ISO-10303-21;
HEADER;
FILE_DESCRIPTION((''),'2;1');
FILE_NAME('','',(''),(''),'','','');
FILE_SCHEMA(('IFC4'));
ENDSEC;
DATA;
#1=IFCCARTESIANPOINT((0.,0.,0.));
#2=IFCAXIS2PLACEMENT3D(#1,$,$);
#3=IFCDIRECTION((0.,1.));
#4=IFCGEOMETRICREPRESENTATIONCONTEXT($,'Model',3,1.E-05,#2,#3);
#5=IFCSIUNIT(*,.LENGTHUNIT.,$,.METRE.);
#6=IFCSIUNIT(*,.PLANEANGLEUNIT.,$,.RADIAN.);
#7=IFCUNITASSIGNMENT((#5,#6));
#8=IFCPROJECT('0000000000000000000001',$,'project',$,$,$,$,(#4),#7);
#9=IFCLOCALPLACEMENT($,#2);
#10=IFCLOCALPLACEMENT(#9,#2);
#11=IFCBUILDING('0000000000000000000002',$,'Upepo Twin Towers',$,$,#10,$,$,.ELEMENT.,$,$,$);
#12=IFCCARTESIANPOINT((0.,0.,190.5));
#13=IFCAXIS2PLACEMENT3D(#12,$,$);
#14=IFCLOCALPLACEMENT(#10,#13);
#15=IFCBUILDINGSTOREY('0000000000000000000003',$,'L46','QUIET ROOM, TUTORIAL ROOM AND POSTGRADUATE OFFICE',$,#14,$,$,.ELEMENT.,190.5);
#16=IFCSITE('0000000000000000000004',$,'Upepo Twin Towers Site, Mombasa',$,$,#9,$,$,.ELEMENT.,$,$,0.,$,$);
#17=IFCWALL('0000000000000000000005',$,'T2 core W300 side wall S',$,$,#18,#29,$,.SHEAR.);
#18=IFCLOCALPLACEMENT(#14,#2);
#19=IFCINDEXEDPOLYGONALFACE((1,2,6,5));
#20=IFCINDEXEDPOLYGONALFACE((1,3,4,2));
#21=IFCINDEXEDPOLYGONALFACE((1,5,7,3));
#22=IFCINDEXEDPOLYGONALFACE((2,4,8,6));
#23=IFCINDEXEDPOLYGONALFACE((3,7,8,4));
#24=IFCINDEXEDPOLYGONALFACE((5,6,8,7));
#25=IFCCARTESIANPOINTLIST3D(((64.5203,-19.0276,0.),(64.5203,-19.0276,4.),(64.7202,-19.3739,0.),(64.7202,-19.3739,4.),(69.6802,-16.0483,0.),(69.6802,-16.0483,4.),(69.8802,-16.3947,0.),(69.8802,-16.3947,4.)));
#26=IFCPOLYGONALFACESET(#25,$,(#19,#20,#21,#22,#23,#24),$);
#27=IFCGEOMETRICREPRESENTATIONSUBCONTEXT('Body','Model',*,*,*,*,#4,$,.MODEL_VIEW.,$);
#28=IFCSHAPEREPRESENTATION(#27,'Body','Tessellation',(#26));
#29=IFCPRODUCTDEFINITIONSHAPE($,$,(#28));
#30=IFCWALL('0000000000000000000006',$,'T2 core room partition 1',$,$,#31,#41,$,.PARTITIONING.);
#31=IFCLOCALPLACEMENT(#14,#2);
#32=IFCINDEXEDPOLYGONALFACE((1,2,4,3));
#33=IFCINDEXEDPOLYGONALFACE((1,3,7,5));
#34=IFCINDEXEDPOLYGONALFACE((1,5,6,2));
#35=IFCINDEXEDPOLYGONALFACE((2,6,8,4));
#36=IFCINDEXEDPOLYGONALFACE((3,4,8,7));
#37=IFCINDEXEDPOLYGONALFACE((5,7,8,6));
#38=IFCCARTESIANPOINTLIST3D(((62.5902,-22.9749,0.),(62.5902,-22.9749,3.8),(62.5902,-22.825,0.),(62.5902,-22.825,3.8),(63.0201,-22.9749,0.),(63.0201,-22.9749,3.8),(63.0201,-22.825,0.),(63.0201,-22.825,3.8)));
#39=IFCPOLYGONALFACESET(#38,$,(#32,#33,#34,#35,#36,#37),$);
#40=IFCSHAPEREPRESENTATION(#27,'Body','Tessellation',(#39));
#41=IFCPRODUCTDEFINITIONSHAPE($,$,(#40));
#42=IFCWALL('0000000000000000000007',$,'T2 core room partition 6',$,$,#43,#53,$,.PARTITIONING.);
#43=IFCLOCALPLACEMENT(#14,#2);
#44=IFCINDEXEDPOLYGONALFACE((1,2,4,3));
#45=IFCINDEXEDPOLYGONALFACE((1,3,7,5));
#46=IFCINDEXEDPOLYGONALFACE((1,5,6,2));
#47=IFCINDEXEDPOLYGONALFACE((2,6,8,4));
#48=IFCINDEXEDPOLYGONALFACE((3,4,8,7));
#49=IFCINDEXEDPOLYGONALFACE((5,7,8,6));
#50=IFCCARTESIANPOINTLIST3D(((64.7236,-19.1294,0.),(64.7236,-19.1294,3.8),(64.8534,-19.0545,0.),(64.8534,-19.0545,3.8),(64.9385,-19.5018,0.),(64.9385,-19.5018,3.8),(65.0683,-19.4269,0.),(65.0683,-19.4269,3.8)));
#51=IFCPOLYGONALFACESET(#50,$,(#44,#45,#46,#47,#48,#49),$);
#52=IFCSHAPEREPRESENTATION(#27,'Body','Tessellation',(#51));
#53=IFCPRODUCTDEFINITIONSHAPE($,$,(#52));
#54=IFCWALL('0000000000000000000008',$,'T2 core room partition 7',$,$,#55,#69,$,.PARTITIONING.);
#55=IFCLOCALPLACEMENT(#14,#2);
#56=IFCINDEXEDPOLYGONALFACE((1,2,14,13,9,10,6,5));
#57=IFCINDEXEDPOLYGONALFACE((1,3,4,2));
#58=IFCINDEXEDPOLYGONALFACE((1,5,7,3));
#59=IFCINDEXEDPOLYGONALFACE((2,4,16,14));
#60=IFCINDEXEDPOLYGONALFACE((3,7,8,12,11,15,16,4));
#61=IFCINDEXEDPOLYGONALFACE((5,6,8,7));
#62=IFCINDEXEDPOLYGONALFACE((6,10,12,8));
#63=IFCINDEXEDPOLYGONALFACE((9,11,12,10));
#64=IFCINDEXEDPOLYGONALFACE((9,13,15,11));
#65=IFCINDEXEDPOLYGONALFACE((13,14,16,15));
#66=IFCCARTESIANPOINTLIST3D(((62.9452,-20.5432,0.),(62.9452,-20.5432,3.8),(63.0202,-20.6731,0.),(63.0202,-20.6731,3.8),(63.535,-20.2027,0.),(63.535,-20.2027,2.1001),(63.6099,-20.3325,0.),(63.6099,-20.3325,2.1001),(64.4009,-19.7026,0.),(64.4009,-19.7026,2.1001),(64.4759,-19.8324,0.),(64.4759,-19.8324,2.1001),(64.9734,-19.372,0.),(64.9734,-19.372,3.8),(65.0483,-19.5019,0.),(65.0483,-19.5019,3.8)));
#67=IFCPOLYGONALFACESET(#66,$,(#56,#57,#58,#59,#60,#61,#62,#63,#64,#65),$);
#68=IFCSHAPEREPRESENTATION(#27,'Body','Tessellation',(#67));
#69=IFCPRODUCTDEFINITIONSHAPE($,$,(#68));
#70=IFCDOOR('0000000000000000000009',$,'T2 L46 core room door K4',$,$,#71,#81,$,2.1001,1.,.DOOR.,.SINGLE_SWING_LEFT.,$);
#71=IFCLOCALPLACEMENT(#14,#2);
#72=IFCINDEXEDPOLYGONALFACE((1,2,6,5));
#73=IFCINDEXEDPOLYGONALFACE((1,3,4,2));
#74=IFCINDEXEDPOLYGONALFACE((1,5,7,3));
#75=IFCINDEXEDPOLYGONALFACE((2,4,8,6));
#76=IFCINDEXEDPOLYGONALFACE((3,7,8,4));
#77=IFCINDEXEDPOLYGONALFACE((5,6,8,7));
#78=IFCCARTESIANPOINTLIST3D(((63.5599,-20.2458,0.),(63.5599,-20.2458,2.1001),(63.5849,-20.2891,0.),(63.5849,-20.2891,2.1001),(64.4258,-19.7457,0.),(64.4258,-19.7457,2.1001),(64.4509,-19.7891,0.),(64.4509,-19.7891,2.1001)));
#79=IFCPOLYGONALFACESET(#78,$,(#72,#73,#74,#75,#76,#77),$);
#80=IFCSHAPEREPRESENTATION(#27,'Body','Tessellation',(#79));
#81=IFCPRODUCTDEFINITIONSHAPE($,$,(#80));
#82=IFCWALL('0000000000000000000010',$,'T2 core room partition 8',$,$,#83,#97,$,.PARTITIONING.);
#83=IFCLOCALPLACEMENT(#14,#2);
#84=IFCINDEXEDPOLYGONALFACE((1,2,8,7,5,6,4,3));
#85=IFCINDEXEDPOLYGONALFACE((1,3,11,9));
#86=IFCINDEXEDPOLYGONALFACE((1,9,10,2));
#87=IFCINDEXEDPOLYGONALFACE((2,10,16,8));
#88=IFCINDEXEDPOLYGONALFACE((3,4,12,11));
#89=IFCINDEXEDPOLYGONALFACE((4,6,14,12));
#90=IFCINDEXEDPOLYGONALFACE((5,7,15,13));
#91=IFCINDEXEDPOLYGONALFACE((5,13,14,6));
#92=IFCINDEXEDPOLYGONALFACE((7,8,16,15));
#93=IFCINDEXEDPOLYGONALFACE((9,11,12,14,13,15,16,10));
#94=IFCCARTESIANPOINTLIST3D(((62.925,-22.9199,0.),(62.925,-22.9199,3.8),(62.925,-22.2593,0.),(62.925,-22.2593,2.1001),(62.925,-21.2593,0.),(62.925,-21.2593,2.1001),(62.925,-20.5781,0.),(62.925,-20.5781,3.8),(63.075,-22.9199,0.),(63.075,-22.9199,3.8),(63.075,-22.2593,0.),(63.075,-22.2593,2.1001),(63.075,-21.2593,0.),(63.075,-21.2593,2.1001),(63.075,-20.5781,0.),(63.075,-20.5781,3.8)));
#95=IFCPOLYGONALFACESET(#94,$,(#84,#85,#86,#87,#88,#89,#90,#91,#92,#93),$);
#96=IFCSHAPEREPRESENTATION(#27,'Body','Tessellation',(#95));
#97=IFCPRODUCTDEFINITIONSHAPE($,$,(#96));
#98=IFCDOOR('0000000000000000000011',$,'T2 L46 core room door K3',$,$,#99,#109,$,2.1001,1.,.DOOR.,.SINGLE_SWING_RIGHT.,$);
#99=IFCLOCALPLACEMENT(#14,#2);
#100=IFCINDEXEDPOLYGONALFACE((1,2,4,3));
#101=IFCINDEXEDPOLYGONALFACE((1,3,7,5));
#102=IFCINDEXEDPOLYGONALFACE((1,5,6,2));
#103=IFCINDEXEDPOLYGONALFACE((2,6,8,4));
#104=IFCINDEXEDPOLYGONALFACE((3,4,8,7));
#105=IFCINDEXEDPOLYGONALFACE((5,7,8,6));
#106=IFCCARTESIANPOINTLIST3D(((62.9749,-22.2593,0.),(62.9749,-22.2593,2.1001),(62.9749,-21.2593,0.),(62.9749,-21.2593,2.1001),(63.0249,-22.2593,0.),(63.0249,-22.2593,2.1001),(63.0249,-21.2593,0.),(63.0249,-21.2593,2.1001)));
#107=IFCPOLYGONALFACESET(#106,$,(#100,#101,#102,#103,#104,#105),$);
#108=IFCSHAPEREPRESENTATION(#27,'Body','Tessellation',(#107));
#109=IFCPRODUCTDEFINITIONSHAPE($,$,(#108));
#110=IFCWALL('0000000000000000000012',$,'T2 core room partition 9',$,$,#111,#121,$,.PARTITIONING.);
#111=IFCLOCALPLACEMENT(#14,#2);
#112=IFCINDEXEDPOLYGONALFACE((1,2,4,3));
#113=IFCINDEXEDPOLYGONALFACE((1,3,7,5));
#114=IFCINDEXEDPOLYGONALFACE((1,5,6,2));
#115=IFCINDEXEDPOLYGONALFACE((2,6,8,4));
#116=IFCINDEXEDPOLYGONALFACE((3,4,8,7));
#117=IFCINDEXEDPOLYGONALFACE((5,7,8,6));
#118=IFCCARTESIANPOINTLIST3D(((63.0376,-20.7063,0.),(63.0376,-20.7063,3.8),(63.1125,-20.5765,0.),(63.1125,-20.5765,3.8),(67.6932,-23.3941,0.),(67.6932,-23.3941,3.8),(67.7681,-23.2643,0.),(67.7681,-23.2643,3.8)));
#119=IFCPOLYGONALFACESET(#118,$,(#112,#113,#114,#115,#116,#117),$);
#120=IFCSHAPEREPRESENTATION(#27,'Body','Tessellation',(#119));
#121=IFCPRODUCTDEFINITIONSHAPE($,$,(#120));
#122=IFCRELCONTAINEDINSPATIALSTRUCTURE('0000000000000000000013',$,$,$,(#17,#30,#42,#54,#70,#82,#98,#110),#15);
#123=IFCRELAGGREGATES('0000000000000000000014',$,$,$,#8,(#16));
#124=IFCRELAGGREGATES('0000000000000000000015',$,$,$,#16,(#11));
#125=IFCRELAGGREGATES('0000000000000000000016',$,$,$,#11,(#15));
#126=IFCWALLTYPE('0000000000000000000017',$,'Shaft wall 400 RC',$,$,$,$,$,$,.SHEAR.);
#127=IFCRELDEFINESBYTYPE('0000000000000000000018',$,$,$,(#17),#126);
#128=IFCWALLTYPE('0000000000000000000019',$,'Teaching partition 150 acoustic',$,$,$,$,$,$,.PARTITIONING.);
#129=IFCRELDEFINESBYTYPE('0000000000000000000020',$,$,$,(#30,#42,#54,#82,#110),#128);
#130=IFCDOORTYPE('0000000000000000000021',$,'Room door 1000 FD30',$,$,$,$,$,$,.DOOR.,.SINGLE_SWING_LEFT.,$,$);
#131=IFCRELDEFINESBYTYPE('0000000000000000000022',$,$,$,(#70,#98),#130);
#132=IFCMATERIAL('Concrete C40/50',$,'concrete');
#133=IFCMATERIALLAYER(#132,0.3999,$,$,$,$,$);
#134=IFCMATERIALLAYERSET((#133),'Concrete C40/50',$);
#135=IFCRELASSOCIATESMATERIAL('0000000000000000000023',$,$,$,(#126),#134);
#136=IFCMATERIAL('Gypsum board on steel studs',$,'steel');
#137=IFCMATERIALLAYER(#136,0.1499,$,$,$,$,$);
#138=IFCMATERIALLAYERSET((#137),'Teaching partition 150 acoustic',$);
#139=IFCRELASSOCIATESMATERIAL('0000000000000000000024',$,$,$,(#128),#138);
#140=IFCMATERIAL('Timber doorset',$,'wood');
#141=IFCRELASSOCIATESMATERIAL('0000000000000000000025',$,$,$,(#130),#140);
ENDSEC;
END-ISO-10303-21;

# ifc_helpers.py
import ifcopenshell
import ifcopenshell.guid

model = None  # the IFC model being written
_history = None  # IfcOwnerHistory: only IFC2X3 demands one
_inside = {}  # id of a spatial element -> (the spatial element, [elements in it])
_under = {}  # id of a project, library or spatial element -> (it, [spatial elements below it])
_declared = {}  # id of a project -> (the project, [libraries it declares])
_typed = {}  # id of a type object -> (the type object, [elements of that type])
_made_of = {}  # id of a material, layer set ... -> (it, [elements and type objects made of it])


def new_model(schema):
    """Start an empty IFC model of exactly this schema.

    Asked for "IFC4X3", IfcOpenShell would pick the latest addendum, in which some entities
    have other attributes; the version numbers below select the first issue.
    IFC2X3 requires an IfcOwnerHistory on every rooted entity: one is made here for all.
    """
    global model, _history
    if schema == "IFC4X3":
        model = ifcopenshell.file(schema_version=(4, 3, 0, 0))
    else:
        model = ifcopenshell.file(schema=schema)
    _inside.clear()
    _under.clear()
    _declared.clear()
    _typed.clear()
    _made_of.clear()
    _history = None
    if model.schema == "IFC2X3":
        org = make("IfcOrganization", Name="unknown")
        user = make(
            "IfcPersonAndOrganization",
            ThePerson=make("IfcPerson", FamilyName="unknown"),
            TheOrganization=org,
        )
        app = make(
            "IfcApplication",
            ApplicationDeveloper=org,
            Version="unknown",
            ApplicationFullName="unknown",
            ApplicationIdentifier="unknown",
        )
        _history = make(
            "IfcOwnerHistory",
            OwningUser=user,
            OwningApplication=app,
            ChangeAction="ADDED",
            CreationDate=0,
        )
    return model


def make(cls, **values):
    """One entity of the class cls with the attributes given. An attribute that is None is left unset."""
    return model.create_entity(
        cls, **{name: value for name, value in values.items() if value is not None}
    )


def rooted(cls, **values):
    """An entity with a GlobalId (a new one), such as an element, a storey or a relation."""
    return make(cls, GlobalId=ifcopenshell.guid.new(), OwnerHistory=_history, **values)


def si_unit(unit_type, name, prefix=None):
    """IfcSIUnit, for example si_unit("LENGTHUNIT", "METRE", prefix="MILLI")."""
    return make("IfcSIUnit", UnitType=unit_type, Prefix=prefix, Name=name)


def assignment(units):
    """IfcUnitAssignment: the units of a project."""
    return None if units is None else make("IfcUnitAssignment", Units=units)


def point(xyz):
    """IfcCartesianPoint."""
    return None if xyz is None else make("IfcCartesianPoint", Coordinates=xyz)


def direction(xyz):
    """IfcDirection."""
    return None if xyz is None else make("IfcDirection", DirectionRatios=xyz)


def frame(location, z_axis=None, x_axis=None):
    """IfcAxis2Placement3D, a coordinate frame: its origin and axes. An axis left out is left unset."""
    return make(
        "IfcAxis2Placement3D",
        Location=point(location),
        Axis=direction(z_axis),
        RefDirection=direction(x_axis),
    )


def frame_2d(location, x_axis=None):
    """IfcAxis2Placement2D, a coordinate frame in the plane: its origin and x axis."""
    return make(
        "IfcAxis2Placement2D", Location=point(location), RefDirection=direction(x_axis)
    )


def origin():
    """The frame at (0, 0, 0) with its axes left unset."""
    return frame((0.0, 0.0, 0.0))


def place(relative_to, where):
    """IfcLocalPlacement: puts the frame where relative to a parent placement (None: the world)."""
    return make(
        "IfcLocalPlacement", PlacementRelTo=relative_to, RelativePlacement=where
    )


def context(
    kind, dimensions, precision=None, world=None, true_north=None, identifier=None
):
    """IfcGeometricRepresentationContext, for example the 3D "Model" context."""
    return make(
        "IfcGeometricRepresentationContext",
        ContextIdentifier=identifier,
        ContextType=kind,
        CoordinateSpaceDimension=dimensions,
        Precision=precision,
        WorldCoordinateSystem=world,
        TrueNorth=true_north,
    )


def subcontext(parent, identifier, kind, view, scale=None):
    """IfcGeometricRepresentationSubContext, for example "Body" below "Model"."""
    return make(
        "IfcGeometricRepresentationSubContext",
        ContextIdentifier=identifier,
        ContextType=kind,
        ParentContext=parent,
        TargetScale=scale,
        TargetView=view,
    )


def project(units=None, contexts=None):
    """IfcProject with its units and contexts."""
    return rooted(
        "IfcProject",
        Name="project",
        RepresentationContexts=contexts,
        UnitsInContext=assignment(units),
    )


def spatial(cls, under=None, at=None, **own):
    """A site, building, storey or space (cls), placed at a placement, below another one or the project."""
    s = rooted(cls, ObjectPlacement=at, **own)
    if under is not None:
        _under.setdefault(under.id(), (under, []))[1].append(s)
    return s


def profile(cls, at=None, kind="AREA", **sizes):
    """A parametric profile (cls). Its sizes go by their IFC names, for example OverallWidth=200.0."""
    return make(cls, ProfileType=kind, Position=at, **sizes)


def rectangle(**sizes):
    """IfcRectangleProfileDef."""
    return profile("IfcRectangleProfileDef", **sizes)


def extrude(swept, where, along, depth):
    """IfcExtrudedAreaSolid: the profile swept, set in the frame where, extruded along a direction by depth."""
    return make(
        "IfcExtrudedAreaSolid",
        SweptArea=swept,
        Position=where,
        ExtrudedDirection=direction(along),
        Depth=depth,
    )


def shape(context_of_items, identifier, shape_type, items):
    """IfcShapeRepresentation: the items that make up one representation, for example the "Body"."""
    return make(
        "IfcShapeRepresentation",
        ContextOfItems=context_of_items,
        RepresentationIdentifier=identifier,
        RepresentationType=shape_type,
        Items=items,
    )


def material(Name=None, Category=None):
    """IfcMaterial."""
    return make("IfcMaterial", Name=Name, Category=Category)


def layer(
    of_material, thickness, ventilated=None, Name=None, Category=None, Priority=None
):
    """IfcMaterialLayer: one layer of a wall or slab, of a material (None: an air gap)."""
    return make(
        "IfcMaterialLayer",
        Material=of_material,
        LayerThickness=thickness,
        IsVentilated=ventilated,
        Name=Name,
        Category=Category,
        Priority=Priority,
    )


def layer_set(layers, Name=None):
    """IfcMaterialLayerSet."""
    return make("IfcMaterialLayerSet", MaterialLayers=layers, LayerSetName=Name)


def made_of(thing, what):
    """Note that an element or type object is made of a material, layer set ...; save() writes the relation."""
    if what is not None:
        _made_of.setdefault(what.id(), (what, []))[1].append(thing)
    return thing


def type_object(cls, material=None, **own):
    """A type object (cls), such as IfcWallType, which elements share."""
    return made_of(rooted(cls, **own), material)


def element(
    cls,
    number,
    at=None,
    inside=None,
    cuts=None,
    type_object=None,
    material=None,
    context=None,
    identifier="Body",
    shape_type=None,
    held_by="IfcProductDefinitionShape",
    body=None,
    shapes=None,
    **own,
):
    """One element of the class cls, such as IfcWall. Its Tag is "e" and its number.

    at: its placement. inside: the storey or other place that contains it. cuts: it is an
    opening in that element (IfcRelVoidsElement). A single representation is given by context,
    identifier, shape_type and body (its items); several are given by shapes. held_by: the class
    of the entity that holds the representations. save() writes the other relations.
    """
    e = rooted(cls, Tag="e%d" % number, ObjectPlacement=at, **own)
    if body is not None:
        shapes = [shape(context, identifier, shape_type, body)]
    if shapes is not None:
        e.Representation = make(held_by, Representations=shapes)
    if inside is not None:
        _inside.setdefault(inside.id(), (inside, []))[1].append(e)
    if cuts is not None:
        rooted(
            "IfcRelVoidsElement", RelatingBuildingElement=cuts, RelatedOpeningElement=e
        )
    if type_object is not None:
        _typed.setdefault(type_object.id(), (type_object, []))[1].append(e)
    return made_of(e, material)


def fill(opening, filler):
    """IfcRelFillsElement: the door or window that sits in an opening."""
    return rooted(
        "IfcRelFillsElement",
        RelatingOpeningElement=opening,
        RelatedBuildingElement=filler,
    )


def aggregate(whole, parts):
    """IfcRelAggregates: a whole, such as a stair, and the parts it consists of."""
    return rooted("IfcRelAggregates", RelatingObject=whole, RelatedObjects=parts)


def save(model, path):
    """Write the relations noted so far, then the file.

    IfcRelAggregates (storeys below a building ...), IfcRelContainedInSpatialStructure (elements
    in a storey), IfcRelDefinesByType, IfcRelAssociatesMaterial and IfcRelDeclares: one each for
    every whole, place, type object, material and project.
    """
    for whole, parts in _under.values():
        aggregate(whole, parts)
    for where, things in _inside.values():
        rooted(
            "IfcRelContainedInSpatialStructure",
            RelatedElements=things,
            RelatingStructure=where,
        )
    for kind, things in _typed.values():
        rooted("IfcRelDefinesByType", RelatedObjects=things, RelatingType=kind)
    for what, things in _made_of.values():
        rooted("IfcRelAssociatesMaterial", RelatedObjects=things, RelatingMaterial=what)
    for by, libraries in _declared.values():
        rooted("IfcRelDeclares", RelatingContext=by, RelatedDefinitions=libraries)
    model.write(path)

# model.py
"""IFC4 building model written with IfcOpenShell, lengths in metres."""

from ifc_helpers import new_model, si_unit, direction, frame, frame_2d, origin, place, context, subcontext, project, spatial, rectangle, extrude, material, layer, layer_set, type_object, element, fill, save


model = new_model("IFC4")

# Units and contexts
model_context = context("Model", 3, precision=1e-05, world=origin(), true_north=direction((0.0, 1.0)))
body_context = subcontext(model_context, "Body", "Model", "MODEL_VIEW")
ifc_project = project(units=[si_unit("LENGTHUNIT", "METRE"), si_unit("PLANEANGLEUNIT", "RADIAN")], contexts=[model_context])

# Site, building, storey
site_placement = place(None, origin())
site = spatial("IfcSite", under=ifc_project, at=site_placement, Name="Upepo Twin Towers Site, Mombasa", CompositionType="ELEMENT", RefElevation=0.0)
building_placement = place(site_placement, origin())
building = spatial("IfcBuilding", under=site, at=building_placement, Name="Upepo Twin Towers", CompositionType="ELEMENT")
storey_placement = place(building_placement, frame((0.0, 0.0, 190.5)))
storey = spatial("IfcBuildingStorey", under=building, at=storey_placement, Name="L46", Description="QUIET ROOM, TUTORIAL ROOM AND POSTGRADUATE OFFICE", CompositionType="ELEMENT", Elevation=190.5)

# Walls
ifc_material_1 = material(Name="Concrete C40/50", Category="concrete")
ifc_layer_1 = layer(ifc_material_1, 0.3999)
ifc_layer_set_1 = layer_set([ifc_layer_1], Name="Concrete C40/50")
wall_type_1 = type_object("IfcWallType", Name="Shaft wall 400 RC", PredefinedType="SHEAR", material=ifc_layer_set_1)
wall_1_placement = place(storey_placement, frame((64.6204, -19.2007, 0.0), z_axis=(0.0, 0.0, 1.0), x_axis=(0.866013, 0.500022, 0.0)))
element("IfcWall", 1, at=wall_1_placement, inside=storey, type_object=wall_type_1, Name="T2 core W300 side wall S", PredefinedType="SHEAR", context=body_context, shape_type="SweptSolid", body=[
    extrude(rectangle(XDim=5.9583, YDim=0.3999, at=frame_2d((2.979, 0.0))), origin(), (0.0, 0.0, 1.0), 4.0),
])
ifc_material_2 = material(Name="Gypsum board on steel studs", Category="steel")
ifc_layer_2 = layer(ifc_material_2, 0.1499)
ifc_layer_set_2 = layer_set([ifc_layer_2], Name="Teaching partition 150 acoustic")
wall_type_2 = type_object("IfcWallType", Name="Teaching partition 150 acoustic", PredefinedType="PARTITIONING", material=ifc_layer_set_2)
for number, where, z_axis, x_axis, name in (
    (2, (63.02, -22.8999, 0.0), (0.0, 0.0, 1.0), (-1.0, 0.0, 0.0), "T2 core room partition 1"),
    (3, (64.7886, -19.092, 0.0), (0.0, 0.0, 1.0), (0.499804, -0.866138, 0.0), "T2 core room partition 6"),
):
    element("IfcWall", number, at=place(storey_placement, frame(where, z_axis=z_axis, x_axis=x_axis)), inside=storey, type_object=wall_type_2, Name=name, PredefinedType="PARTITIONING", context=body_context, shape_type="SweptSolid", body=[
        extrude(rectangle(XDim=0.4299, YDim=0.1499, at=frame_2d((0.2148, 0.0))), origin(), (0.0, 0.0, 1.0), 3.8),
    ])

# Walls, openings, doors
wall_2_placement = place(storey_placement, frame((65.0107, -19.437, 0.0), z_axis=(0.0, 0.0, 1.0), x_axis=(-0.865982, -0.500074, 0.0)))
wall_2 = element("IfcWall", 4, at=wall_2_placement, inside=storey, type_object=wall_type_2, Name="T2 core room partition 7", PredefinedType="PARTITIONING", context=body_context, shape_type="SweptSolid", body=[
    extrude(rectangle(XDim=2.342, YDim=0.1499, at=frame_2d((1.1709, 0.0))), origin(), (0.0, 0.0, 1.0), 3.8),
])
opening_1_placement = place(wall_2_placement, frame((0.6609, 0.0, 0.0)))
opening_1 = element("IfcOpeningElement", 5, at=opening_1_placement, cuts=wall_2, PredefinedType="OPENING", context=body_context, shape_type="SweptSolid", body=[
    extrude(rectangle(XDim=1.0, YDim=2.1001, at=frame_2d((0.5, 1.05))), frame((0.0, 0.085, 0.0), z_axis=(0.0, -1.0, 0.0), x_axis=(1.0, 0.0, 0.0)), (0.0, 0.0, 1.0), 0.1699),
])
ifc_material_3 = material(Name="Timber doorset", Category="wood")
door_type_1 = type_object("IfcDoorType", Name="Room door 1000 FD30", OperationType="SINGLE_SWING_LEFT", PredefinedType="DOOR", material=ifc_material_3)
door_1_placement = place(opening_1_placement, origin())
door_1 = element("IfcDoor", 6, at=door_1_placement, inside=storey, type_object=door_type_1, Name="T2 L46 core room door K4", OperationType="SINGLE_SWING_LEFT", OverallHeight=2.1001, OverallWidth=1.0, PredefinedType="DOOR", context=body_context, shape_type="SweptSolid", body=[
    extrude(rectangle(XDim=1.0, YDim=2.1001, at=frame_2d((0.5, 1.05))), frame((0.0, 0.0249, 0.0), z_axis=(0.0, -1.0, 0.0), x_axis=(1.0, 0.0, 0.0)), (0.0, 0.0, 1.0), 0.05),
])
fill(opening_1, door_1)
wall_3_placement = place(storey_placement, frame((63.0, -20.5781, 0.0), z_axis=(0.0, 0.0, 1.0), x_axis=(0.0, -1.0, 0.0)))
wall_3 = element("IfcWall", 7, at=wall_3_placement, inside=storey, type_object=wall_type_2, Name="T2 core room partition 8", PredefinedType="PARTITIONING", context=body_context, shape_type="SweptSolid", body=[
    extrude(rectangle(XDim=2.3418, YDim=0.1499, at=frame_2d((1.1709, 0.0))), origin(), (0.0, 0.0, 1.0), 3.8),
])
opening_2_placement = place(wall_3_placement, frame((0.6812, 0.0, 0.0)))
opening_2 = element("IfcOpeningElement", 8, at=opening_2_placement, cuts=wall_3, PredefinedType="OPENING", context=body_context, shape_type="SweptSolid", body=[
    extrude(rectangle(XDim=1.0, YDim=2.1001, at=frame_2d((0.5, 1.05))), frame((0.0, 0.085, 0.0), z_axis=(0.0, -1.0, 0.0), x_axis=(1.0, 0.0, 0.0)), (0.0, 0.0, 1.0), 0.1699),
])
door_2_placement = place(opening_2_placement, origin())
door_2 = element("IfcDoor", 9, at=door_2_placement, inside=storey, type_object=door_type_1, Name="T2 L46 core room door K3", OperationType="SINGLE_SWING_RIGHT", OverallHeight=2.1001, OverallWidth=1.0, PredefinedType="DOOR", context=body_context, shape_type="SweptSolid", body=[
    extrude(rectangle(XDim=1.0, YDim=2.1001, at=frame_2d((0.5, 1.05))), frame((0.0, 0.0249, 0.0), z_axis=(0.0, -1.0, 0.0), x_axis=(1.0, 0.0, 0.0)), (0.0, 0.0, 1.0), 0.05),
])
fill(opening_2, door_2)

# Wall
wall_4_placement = place(storey_placement, frame((63.075, -20.6414, 0.0), z_axis=(0.0, 0.0, 1.0), x_axis=(0.866035, -0.499983, 0.0)))
element("IfcWall", 10, at=wall_4_placement, inside=storey, type_object=wall_type_2, Name="T2 core room partition 9", PredefinedType="PARTITIONING", context=body_context, shape_type="SweptSolid", body=[
    extrude(rectangle(XDim=5.3757, YDim=0.1499, at=frame_2d((2.688, 0.0))), origin(), (0.0, 0.0, 1.0), 3.8),
])

save(model, "model.ifc")
